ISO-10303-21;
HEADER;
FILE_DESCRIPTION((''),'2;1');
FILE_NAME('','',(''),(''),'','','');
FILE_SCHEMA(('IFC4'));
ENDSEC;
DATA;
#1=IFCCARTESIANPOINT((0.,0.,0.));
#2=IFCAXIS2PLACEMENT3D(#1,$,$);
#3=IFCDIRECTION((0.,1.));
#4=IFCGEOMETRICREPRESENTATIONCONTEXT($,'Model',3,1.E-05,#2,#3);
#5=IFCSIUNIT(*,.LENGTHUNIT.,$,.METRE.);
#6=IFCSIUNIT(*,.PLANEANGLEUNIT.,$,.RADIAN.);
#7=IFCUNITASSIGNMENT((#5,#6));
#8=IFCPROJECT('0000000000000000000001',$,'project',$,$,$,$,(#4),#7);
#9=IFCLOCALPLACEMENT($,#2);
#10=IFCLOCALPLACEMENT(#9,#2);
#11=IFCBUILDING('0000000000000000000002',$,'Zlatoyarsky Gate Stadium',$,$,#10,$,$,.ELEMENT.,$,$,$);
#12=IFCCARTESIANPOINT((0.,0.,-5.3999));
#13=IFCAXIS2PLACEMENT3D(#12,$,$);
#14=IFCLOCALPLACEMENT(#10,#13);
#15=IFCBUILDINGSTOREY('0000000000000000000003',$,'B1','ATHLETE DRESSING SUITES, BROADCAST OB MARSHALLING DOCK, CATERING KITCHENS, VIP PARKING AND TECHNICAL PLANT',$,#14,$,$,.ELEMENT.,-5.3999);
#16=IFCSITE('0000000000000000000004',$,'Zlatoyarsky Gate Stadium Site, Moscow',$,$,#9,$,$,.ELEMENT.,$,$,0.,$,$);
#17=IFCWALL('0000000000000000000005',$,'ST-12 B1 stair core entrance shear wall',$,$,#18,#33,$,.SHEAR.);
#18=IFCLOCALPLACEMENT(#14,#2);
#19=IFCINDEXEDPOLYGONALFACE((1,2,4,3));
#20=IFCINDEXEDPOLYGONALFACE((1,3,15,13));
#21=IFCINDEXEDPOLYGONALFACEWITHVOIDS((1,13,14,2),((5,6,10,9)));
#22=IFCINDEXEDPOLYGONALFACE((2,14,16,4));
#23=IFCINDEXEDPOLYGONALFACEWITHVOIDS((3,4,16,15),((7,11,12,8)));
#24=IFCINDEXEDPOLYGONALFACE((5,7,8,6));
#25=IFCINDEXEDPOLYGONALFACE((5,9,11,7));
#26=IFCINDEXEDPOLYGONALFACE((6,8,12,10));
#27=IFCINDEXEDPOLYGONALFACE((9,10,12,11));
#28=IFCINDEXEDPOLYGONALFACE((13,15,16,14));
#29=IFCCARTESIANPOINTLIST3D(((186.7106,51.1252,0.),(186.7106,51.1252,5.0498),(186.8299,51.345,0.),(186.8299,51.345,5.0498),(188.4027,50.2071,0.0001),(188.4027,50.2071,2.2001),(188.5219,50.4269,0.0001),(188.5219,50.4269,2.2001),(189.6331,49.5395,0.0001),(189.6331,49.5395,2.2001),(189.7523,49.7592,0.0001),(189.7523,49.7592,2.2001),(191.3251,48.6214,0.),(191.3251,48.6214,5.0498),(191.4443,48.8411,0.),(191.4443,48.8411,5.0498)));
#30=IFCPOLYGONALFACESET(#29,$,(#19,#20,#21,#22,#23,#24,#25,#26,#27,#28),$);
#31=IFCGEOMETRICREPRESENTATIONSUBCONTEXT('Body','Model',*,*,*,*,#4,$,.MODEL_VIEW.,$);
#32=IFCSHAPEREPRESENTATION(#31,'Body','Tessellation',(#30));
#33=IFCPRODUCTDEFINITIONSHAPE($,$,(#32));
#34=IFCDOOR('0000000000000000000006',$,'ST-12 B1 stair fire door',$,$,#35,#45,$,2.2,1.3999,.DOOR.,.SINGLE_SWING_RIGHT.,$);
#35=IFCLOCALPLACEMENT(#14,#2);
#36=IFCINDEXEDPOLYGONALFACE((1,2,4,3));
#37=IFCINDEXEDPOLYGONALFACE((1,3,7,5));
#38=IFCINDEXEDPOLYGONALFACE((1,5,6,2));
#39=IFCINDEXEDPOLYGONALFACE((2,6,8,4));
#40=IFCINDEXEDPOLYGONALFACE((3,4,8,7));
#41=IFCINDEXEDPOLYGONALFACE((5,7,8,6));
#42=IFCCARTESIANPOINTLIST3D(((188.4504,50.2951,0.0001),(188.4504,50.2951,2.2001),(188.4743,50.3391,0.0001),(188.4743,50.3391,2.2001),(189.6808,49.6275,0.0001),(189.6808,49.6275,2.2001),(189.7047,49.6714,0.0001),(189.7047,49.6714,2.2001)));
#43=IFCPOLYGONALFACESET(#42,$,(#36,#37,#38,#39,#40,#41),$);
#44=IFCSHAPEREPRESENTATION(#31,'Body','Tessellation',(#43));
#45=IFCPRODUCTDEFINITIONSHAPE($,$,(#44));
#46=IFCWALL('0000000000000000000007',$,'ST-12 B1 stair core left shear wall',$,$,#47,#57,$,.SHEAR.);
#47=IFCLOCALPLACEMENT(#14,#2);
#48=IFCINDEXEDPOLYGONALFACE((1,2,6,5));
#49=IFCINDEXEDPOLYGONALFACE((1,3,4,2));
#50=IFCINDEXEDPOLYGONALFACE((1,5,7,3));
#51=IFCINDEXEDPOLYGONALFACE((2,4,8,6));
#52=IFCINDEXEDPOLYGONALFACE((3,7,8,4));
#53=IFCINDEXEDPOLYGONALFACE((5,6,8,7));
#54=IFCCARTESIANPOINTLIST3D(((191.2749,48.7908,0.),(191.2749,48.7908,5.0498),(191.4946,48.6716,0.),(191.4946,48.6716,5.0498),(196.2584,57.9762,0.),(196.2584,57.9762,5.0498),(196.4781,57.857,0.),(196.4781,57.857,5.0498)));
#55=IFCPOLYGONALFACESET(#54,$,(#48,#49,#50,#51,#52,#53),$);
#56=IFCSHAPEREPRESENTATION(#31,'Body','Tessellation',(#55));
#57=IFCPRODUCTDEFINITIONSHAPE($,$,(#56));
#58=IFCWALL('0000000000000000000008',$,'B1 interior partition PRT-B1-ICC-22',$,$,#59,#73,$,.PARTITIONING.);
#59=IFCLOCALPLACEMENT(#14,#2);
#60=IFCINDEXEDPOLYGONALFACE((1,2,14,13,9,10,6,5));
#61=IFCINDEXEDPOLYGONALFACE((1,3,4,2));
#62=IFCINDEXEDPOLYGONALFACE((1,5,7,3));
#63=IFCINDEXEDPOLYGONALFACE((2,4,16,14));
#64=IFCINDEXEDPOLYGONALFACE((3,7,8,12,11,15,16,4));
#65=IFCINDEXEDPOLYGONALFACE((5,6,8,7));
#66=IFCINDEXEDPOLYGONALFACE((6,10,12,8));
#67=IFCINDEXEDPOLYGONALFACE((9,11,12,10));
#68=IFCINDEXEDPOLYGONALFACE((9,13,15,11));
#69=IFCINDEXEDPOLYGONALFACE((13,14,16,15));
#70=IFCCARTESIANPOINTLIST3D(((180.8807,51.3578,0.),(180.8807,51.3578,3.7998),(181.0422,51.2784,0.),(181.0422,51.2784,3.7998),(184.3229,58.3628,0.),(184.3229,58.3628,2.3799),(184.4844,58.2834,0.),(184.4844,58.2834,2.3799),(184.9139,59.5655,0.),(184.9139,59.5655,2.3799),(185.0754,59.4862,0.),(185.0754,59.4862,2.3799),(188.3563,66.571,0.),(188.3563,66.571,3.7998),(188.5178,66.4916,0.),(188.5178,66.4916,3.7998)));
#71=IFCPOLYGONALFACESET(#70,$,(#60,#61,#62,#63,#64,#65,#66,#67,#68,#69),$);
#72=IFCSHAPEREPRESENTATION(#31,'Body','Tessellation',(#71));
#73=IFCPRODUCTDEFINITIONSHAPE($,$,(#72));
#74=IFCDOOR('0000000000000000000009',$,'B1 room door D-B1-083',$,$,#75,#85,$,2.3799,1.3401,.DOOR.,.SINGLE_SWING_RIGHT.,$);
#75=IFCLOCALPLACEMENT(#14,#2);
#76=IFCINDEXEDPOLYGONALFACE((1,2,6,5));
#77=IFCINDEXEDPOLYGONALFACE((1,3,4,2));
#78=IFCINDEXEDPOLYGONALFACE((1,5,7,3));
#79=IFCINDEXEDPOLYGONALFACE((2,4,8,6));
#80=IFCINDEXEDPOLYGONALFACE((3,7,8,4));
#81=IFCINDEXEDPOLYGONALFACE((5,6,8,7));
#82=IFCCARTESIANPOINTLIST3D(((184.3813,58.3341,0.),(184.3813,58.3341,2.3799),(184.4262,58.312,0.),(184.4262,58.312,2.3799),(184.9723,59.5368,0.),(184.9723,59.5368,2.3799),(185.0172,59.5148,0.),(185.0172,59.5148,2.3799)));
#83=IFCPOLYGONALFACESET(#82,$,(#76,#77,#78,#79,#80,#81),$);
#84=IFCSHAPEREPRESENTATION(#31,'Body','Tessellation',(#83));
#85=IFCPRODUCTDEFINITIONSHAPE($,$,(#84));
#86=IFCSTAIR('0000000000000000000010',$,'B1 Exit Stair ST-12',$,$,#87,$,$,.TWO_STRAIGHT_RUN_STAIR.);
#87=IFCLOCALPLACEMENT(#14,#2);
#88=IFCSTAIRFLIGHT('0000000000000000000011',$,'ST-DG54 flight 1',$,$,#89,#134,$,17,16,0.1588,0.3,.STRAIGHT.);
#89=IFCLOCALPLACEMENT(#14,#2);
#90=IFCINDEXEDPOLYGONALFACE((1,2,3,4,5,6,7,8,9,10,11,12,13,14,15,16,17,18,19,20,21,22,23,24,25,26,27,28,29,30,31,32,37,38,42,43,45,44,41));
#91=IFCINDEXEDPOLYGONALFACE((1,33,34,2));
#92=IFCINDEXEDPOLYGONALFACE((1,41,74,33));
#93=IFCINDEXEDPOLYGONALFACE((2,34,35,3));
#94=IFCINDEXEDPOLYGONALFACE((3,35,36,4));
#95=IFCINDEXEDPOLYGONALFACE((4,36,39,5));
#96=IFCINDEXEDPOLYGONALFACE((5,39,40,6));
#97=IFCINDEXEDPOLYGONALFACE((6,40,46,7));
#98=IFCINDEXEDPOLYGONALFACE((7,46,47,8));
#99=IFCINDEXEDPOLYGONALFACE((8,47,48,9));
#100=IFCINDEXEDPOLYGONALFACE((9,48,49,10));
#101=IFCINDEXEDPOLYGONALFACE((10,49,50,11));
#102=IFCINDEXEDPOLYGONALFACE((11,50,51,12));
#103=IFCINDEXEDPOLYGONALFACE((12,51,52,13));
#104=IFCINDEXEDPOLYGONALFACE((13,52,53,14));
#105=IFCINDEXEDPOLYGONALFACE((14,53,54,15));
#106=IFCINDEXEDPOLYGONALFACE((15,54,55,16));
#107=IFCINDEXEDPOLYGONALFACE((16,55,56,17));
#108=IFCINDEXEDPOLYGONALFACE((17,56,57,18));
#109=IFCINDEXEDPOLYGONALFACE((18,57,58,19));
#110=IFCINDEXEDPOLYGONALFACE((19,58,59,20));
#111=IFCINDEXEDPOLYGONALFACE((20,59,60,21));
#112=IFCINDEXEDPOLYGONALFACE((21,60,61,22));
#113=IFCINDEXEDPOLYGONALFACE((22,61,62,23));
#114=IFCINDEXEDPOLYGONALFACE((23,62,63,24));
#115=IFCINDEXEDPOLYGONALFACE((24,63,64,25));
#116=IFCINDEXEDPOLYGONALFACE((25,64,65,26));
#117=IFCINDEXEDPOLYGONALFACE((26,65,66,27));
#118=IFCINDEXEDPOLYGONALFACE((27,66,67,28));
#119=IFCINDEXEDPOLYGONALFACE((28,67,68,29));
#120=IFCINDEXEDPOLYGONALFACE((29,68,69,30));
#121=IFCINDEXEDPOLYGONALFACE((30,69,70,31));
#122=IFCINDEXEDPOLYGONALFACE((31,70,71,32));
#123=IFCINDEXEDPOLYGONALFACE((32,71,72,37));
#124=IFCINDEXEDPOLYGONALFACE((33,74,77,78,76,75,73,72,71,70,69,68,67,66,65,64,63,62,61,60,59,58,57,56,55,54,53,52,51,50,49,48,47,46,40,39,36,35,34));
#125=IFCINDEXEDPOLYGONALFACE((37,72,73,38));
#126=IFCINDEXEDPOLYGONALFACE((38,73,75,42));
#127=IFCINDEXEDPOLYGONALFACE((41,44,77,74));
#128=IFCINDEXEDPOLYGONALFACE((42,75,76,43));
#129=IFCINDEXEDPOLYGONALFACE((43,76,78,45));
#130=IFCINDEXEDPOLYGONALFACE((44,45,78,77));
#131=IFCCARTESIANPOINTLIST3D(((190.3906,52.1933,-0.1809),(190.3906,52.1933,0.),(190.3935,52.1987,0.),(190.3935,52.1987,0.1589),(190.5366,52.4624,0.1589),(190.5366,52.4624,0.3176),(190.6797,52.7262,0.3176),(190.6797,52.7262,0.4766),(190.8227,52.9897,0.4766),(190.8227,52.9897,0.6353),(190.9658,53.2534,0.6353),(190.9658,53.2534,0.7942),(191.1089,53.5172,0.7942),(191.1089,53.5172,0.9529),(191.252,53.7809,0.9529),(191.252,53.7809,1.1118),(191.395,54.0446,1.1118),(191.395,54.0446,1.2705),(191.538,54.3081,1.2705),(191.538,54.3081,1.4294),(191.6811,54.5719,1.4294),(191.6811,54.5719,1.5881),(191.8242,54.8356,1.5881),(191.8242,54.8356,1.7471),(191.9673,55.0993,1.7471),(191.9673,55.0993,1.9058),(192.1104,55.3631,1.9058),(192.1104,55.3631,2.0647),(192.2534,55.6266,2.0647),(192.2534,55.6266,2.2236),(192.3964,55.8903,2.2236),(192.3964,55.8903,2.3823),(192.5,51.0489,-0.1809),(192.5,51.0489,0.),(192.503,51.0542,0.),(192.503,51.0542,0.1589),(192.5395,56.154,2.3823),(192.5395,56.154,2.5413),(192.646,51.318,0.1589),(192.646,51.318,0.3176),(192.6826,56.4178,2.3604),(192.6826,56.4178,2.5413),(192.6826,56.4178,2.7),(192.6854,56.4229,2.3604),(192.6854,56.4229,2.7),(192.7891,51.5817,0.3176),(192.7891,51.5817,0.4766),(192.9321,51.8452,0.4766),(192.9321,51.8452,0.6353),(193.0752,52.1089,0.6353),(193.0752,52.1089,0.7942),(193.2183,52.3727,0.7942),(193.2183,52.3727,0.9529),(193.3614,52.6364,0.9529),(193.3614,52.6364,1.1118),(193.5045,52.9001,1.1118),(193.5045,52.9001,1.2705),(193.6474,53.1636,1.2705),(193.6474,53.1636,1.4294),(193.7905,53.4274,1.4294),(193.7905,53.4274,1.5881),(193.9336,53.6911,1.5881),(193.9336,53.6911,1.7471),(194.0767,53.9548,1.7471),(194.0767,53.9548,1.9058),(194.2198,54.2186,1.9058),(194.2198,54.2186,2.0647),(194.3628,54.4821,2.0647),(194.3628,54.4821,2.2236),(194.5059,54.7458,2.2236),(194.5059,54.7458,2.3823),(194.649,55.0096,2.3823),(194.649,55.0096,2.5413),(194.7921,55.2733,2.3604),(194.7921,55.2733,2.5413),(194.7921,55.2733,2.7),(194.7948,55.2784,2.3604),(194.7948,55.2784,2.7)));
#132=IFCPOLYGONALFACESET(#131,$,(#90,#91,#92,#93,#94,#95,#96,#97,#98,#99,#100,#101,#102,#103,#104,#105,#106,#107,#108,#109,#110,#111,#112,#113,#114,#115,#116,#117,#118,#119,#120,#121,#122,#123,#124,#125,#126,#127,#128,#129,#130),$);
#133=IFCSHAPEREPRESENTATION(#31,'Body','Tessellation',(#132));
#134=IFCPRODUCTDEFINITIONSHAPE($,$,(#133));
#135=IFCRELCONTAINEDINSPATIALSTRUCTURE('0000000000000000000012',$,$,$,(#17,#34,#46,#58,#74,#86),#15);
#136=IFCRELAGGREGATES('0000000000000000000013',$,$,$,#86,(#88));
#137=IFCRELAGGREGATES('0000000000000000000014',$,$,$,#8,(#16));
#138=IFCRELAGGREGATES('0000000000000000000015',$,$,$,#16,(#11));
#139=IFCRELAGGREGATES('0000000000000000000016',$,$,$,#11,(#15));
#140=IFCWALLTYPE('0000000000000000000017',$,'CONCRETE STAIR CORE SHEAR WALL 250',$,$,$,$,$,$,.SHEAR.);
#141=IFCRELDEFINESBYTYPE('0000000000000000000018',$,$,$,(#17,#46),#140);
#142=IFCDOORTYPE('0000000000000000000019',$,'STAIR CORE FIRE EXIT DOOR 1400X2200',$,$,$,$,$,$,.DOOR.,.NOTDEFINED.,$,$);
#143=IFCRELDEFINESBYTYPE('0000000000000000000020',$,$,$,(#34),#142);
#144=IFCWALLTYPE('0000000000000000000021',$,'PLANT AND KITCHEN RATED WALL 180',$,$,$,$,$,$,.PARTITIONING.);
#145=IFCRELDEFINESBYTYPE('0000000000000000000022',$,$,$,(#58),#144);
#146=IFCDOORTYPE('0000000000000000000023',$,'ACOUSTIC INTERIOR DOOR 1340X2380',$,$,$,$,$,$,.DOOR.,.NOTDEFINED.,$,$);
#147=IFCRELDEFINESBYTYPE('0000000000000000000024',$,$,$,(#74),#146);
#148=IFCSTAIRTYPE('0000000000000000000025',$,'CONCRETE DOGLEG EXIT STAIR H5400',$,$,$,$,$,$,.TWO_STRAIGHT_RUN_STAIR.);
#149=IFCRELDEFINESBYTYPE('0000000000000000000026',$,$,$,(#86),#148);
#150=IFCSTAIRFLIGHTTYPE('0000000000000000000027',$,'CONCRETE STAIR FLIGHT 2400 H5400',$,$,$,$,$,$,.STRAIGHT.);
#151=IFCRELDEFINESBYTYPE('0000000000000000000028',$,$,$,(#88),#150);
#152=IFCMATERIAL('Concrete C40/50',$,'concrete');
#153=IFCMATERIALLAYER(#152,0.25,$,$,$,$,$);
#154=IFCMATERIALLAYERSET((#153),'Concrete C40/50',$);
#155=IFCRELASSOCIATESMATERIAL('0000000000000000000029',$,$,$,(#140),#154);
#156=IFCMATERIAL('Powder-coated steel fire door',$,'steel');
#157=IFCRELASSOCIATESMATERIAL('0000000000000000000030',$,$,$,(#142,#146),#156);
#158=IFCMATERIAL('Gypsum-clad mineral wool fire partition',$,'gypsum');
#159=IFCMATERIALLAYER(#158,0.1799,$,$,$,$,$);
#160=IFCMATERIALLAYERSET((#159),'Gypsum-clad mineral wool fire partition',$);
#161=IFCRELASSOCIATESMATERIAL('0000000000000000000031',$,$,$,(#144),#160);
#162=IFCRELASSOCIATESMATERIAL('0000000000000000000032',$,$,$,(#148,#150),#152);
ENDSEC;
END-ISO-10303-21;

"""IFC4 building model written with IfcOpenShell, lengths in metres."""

from ifc_helpers import new_model, si_unit, direction, frame, frame_2d, origin, place, context, subcontext, project, spatial, polyline, rectangle, outline, extrude, material, layer, layer_set, type_object, element, fill, aggregate, save


model = new_model("IFC4")

# Units and contexts
model_context = context("Model", 3, precision=1e-05, world=origin(), true_north=direction((0.0, 1.0)))
body_context = subcontext(model_context, "Body", "Model", "MODEL_VIEW")
ifc_project = project(units=[si_unit("LENGTHUNIT", "METRE"), si_unit("PLANEANGLEUNIT", "RADIAN")], contexts=[model_context])

# Site, building, storey
site_placement = place(None, origin())
site = spatial("IfcSite", under=ifc_project, at=site_placement, Name="Zlatoyarsky Gate Stadium Site, Moscow", CompositionType="ELEMENT", RefElevation=0.0)
building_placement = place(site_placement, origin())
building = spatial("IfcBuilding", under=site, at=building_placement, Name="Zlatoyarsky Gate Stadium", CompositionType="ELEMENT")
storey_placement = place(building_placement, frame((0.0, 0.0, -5.3999)))
storey = spatial("IfcBuildingStorey", under=building, at=storey_placement, Name="B1", Description="ATHLETE DRESSING SUITES, BROADCAST OB MARSHALLING DOCK, CATERING KITCHENS, VIP PARKING AND TECHNICAL PLANT", CompositionType="ELEMENT", Elevation=-5.3999)

# Shared definitions
ifc_material_1 = material(Name="Concrete C40/50", Category="concrete")

# Wall, opening, door
ifc_layer_1 = layer(ifc_material_1, 0.25)
ifc_layer_set_1 = layer_set([ifc_layer_1], Name="Concrete C40/50")
wall_type_1 = type_object("IfcWallType", Name="CONCRETE STAIR CORE SHEAR WALL 250", PredefinedType="SHEAR", material=ifc_layer_set_1)
wall_1_placement = place(storey_placement, frame((186.7703, 51.2351, 0.0), z_axis=(0.0, 0.0, 1.0), x_axis=(0.878942, -0.476929, 0.0)))
wall_1 = element("IfcWall", 1, at=wall_1_placement, inside=storey, type_object=wall_type_1, Name="ST-12 B1 stair core entrance shear wall", PredefinedType="SHEAR", context=body_context, shape_type="SweptSolid", body=[
    extrude(rectangle(XDim=5.25, YDim=0.25, at=frame_2d((2.625, 0.0))), origin(), (0.0, 0.0, 1.0), 5.0498),
])
opening_1_placement = place(wall_1_placement, frame((1.925, 0.0, 0.0)))
opening_1 = element("IfcOpeningElement", 2, at=opening_1_placement, cuts=wall_1, PredefinedType="OPENING", context=body_context, shape_type="SweptSolid", body=[
    extrude(rectangle(XDim=1.3999, YDim=2.2, at=frame_2d((0.7, 1.1001))), frame((0.0, 0.135, 0.0), z_axis=(0.0, -1.0, 0.0), x_axis=(1.0, 0.0, 0.0)), (0.0, 0.0, 1.0), 0.27),
])
ifc_material_2 = material(Name="Powder-coated steel fire door", Category="steel")
door_type_1 = type_object("IfcDoorType", Name="STAIR CORE FIRE EXIT DOOR 1400X2200", OperationType="NOTDEFINED", PredefinedType="DOOR", material=ifc_material_2)
door_1_placement = place(opening_1_placement, frame((1.3999, 0.0, 0.0), z_axis=(0.0, 0.0, 1.0), x_axis=(-1.0, 0.0, 0.0)))
door_1 = element("IfcDoor", 3, at=door_1_placement, inside=storey, type_object=door_type_1, Name="ST-12 B1 stair fire door", OperationType="SINGLE_SWING_RIGHT", OverallHeight=2.2, OverallWidth=1.3999, PredefinedType="DOOR", context=body_context, shape_type="SweptSolid", body=[
    extrude(rectangle(XDim=1.3999, YDim=2.2, at=frame_2d((0.7, 1.1001))), frame((0.0, 0.0249, 0.0), z_axis=(0.0, -1.0, 0.0), x_axis=(1.0, 0.0, 0.0)), (0.0, 0.0, 1.0), 0.05),
])
fill(opening_1, door_1)

# Wall
wall_2_placement = place(storey_placement, frame((191.3848, 48.7312, 0.0), z_axis=(0.0, 0.0, 1.0), x_axis=(0.476877, 0.87897, 0.0)))
element("IfcWall", 4, at=wall_2_placement, inside=storey, type_object=wall_type_1, Name="ST-12 B1 stair core left shear wall", PredefinedType="SHEAR", context=body_context, shape_type="SweptSolid", body=[
    extrude(rectangle(XDim=10.4502, YDim=0.25, at=frame_2d((5.2251, 0.0))), origin(), (0.0, 0.0, 1.0), 5.0498),
])

# Wall, opening, door
ifc_material_3 = material(Name="Gypsum-clad mineral wool fire partition", Category="gypsum")
ifc_layer_2 = layer(ifc_material_3, 0.1799)
ifc_layer_set_2 = layer_set([ifc_layer_2], Name="Gypsum-clad mineral wool fire partition")
wall_type_2 = type_object("IfcWallType", Name="PLANT AND KITCHEN RATED WALL 180", PredefinedType="PARTITIONING", material=ifc_layer_set_2)
wall_3_placement = place(storey_placement, frame((180.9614, 51.3181, 0.0), z_axis=(0.0, 0.0, 1.0), x_axis=(0.441021, 0.897497, 0.0)))
wall_3 = element("IfcWall", 5, at=wall_3_placement, inside=storey, type_object=wall_type_2, Name="B1 interior partition PRT-B1-ICC-22", PredefinedType="PARTITIONING", context=body_context, shape_type="SweptSolid", body=[
    extrude(rectangle(XDim=16.9507, YDim=0.1799, at=frame_2d((8.4753, 0.0))), origin(), (0.0, 0.0, 1.0), 3.7998),
])
opening_2_placement = place(wall_3_placement, frame((7.8052, 0.0, 0.0)))
opening_2 = element("IfcOpeningElement", 6, at=opening_2_placement, cuts=wall_3, PredefinedType="OPENING", context=body_context, shape_type="SweptSolid", body=[
    extrude(rectangle(XDim=1.3401, YDim=2.3799, at=frame_2d((0.6699, 1.1899))), frame((0.0, 0.0999, 0.0), z_axis=(0.0, -1.0, 0.0), x_axis=(1.0, 0.0, 0.0)), (0.0, 0.0, 1.0), 0.2),
])
door_type_2 = type_object("IfcDoorType", Name="ACOUSTIC INTERIOR DOOR 1340X2380", OperationType="NOTDEFINED", PredefinedType="DOOR", material=ifc_material_2)
door_2_placement = place(opening_2_placement, origin())
door_2 = element("IfcDoor", 7, at=door_2_placement, inside=storey, type_object=door_type_2, Name="B1 room door D-B1-083", OperationType="SINGLE_SWING_RIGHT", OverallHeight=2.3799, OverallWidth=1.3401, PredefinedType="DOOR", context=body_context, shape_type="SweptSolid", body=[
    extrude(rectangle(XDim=1.3401, YDim=2.3799, at=frame_2d((0.6699, 1.1899))), frame((0.0, 0.0249, 0.0), z_axis=(0.0, -1.0, 0.0), x_axis=(1.0, 0.0, 0.0)), (0.0, 0.0, 1.0), 0.05),
])
fill(opening_2, door_2)

# Stair, stair flight
stair_type = type_object("IfcStairType", Name="CONCRETE DOGLEG EXIT STAIR H5400", PredefinedType="TWO_STRAIGHT_RUN_STAIR", material=ifc_material_1)
stair_placement = place(storey_placement, origin())
stair = element("IfcStair", 8, at=stair_placement, inside=storey, type_object=stair_type, Name="B1 Exit Stair ST-12", PredefinedType="TWO_STRAIGHT_RUN_STAIR")
stair_flight_type = type_object("IfcStairFlightType", Name="CONCRETE STAIR FLIGHT 2400 H5400", PredefinedType="STRAIGHT", material=ifc_material_1)
stair_flight_1_placement = place(storey_placement, frame((191.4482, 51.6265, 0.0), z_axis=(0.0, 0.0, 1.0), x_axis=(0.47689, 0.878963, 0.0)))
stair_flight_1 = element("IfcStairFlight", 9, at=stair_flight_1_placement, type_object=stair_flight_type, Name="ST-DG54 flight 1", NumberOfRisers=17, NumberOfTreads=16, PredefinedType="STRAIGHT", RiserHeight=0.1588, TreadLength=0.3, context=body_context, shape_type="SweptSolid", body=[
    extrude(outline(polyline([(-0.0061, -0.1809), (-0.0061, 0.0), (0.0, 0.0), (0.0, 0.1589), (0.3, 0.1589), (0.3, 0.3176), (0.6001, 0.3176), (0.6001, 0.4766), (0.8999, 0.4766), (0.8999, 0.6353), (1.2, 0.6353), (1.2, 0.7942), (1.5, 0.7942), (1.5, 0.9529), (1.8, 0.9529), (1.8, 1.1118), (2.1001, 1.1118), (2.1001, 1.2705), (2.3999, 1.2705), (2.3999, 1.4294), (2.7, 1.4294), (2.7, 1.5881), (3.0, 1.5881), (3.0, 1.7471), (3.3, 1.7471), (3.3, 1.9058), (3.6001, 1.9058), (3.6001, 2.0647), (3.8999, 2.0647), (3.8999, 2.2236), (4.2, 2.2236), (4.2, 2.3823), (4.5, 2.3823), (4.5, 2.5413), (4.8, 2.5413), (4.8, 2.7), (4.8059, 2.7), (4.8059, 2.3604), (4.8, 2.3604), (-0.0061, -0.1809)])), frame((0.0, 1.2, 0.0), z_axis=(0.0, -1.0, 0.0), x_axis=(1.0, 0.0, 0.0)), (0.0, 0.0, 1.0), 2.3999),
])
aggregate(stair, [stair_flight_1])

save(model, "model.ifc")
